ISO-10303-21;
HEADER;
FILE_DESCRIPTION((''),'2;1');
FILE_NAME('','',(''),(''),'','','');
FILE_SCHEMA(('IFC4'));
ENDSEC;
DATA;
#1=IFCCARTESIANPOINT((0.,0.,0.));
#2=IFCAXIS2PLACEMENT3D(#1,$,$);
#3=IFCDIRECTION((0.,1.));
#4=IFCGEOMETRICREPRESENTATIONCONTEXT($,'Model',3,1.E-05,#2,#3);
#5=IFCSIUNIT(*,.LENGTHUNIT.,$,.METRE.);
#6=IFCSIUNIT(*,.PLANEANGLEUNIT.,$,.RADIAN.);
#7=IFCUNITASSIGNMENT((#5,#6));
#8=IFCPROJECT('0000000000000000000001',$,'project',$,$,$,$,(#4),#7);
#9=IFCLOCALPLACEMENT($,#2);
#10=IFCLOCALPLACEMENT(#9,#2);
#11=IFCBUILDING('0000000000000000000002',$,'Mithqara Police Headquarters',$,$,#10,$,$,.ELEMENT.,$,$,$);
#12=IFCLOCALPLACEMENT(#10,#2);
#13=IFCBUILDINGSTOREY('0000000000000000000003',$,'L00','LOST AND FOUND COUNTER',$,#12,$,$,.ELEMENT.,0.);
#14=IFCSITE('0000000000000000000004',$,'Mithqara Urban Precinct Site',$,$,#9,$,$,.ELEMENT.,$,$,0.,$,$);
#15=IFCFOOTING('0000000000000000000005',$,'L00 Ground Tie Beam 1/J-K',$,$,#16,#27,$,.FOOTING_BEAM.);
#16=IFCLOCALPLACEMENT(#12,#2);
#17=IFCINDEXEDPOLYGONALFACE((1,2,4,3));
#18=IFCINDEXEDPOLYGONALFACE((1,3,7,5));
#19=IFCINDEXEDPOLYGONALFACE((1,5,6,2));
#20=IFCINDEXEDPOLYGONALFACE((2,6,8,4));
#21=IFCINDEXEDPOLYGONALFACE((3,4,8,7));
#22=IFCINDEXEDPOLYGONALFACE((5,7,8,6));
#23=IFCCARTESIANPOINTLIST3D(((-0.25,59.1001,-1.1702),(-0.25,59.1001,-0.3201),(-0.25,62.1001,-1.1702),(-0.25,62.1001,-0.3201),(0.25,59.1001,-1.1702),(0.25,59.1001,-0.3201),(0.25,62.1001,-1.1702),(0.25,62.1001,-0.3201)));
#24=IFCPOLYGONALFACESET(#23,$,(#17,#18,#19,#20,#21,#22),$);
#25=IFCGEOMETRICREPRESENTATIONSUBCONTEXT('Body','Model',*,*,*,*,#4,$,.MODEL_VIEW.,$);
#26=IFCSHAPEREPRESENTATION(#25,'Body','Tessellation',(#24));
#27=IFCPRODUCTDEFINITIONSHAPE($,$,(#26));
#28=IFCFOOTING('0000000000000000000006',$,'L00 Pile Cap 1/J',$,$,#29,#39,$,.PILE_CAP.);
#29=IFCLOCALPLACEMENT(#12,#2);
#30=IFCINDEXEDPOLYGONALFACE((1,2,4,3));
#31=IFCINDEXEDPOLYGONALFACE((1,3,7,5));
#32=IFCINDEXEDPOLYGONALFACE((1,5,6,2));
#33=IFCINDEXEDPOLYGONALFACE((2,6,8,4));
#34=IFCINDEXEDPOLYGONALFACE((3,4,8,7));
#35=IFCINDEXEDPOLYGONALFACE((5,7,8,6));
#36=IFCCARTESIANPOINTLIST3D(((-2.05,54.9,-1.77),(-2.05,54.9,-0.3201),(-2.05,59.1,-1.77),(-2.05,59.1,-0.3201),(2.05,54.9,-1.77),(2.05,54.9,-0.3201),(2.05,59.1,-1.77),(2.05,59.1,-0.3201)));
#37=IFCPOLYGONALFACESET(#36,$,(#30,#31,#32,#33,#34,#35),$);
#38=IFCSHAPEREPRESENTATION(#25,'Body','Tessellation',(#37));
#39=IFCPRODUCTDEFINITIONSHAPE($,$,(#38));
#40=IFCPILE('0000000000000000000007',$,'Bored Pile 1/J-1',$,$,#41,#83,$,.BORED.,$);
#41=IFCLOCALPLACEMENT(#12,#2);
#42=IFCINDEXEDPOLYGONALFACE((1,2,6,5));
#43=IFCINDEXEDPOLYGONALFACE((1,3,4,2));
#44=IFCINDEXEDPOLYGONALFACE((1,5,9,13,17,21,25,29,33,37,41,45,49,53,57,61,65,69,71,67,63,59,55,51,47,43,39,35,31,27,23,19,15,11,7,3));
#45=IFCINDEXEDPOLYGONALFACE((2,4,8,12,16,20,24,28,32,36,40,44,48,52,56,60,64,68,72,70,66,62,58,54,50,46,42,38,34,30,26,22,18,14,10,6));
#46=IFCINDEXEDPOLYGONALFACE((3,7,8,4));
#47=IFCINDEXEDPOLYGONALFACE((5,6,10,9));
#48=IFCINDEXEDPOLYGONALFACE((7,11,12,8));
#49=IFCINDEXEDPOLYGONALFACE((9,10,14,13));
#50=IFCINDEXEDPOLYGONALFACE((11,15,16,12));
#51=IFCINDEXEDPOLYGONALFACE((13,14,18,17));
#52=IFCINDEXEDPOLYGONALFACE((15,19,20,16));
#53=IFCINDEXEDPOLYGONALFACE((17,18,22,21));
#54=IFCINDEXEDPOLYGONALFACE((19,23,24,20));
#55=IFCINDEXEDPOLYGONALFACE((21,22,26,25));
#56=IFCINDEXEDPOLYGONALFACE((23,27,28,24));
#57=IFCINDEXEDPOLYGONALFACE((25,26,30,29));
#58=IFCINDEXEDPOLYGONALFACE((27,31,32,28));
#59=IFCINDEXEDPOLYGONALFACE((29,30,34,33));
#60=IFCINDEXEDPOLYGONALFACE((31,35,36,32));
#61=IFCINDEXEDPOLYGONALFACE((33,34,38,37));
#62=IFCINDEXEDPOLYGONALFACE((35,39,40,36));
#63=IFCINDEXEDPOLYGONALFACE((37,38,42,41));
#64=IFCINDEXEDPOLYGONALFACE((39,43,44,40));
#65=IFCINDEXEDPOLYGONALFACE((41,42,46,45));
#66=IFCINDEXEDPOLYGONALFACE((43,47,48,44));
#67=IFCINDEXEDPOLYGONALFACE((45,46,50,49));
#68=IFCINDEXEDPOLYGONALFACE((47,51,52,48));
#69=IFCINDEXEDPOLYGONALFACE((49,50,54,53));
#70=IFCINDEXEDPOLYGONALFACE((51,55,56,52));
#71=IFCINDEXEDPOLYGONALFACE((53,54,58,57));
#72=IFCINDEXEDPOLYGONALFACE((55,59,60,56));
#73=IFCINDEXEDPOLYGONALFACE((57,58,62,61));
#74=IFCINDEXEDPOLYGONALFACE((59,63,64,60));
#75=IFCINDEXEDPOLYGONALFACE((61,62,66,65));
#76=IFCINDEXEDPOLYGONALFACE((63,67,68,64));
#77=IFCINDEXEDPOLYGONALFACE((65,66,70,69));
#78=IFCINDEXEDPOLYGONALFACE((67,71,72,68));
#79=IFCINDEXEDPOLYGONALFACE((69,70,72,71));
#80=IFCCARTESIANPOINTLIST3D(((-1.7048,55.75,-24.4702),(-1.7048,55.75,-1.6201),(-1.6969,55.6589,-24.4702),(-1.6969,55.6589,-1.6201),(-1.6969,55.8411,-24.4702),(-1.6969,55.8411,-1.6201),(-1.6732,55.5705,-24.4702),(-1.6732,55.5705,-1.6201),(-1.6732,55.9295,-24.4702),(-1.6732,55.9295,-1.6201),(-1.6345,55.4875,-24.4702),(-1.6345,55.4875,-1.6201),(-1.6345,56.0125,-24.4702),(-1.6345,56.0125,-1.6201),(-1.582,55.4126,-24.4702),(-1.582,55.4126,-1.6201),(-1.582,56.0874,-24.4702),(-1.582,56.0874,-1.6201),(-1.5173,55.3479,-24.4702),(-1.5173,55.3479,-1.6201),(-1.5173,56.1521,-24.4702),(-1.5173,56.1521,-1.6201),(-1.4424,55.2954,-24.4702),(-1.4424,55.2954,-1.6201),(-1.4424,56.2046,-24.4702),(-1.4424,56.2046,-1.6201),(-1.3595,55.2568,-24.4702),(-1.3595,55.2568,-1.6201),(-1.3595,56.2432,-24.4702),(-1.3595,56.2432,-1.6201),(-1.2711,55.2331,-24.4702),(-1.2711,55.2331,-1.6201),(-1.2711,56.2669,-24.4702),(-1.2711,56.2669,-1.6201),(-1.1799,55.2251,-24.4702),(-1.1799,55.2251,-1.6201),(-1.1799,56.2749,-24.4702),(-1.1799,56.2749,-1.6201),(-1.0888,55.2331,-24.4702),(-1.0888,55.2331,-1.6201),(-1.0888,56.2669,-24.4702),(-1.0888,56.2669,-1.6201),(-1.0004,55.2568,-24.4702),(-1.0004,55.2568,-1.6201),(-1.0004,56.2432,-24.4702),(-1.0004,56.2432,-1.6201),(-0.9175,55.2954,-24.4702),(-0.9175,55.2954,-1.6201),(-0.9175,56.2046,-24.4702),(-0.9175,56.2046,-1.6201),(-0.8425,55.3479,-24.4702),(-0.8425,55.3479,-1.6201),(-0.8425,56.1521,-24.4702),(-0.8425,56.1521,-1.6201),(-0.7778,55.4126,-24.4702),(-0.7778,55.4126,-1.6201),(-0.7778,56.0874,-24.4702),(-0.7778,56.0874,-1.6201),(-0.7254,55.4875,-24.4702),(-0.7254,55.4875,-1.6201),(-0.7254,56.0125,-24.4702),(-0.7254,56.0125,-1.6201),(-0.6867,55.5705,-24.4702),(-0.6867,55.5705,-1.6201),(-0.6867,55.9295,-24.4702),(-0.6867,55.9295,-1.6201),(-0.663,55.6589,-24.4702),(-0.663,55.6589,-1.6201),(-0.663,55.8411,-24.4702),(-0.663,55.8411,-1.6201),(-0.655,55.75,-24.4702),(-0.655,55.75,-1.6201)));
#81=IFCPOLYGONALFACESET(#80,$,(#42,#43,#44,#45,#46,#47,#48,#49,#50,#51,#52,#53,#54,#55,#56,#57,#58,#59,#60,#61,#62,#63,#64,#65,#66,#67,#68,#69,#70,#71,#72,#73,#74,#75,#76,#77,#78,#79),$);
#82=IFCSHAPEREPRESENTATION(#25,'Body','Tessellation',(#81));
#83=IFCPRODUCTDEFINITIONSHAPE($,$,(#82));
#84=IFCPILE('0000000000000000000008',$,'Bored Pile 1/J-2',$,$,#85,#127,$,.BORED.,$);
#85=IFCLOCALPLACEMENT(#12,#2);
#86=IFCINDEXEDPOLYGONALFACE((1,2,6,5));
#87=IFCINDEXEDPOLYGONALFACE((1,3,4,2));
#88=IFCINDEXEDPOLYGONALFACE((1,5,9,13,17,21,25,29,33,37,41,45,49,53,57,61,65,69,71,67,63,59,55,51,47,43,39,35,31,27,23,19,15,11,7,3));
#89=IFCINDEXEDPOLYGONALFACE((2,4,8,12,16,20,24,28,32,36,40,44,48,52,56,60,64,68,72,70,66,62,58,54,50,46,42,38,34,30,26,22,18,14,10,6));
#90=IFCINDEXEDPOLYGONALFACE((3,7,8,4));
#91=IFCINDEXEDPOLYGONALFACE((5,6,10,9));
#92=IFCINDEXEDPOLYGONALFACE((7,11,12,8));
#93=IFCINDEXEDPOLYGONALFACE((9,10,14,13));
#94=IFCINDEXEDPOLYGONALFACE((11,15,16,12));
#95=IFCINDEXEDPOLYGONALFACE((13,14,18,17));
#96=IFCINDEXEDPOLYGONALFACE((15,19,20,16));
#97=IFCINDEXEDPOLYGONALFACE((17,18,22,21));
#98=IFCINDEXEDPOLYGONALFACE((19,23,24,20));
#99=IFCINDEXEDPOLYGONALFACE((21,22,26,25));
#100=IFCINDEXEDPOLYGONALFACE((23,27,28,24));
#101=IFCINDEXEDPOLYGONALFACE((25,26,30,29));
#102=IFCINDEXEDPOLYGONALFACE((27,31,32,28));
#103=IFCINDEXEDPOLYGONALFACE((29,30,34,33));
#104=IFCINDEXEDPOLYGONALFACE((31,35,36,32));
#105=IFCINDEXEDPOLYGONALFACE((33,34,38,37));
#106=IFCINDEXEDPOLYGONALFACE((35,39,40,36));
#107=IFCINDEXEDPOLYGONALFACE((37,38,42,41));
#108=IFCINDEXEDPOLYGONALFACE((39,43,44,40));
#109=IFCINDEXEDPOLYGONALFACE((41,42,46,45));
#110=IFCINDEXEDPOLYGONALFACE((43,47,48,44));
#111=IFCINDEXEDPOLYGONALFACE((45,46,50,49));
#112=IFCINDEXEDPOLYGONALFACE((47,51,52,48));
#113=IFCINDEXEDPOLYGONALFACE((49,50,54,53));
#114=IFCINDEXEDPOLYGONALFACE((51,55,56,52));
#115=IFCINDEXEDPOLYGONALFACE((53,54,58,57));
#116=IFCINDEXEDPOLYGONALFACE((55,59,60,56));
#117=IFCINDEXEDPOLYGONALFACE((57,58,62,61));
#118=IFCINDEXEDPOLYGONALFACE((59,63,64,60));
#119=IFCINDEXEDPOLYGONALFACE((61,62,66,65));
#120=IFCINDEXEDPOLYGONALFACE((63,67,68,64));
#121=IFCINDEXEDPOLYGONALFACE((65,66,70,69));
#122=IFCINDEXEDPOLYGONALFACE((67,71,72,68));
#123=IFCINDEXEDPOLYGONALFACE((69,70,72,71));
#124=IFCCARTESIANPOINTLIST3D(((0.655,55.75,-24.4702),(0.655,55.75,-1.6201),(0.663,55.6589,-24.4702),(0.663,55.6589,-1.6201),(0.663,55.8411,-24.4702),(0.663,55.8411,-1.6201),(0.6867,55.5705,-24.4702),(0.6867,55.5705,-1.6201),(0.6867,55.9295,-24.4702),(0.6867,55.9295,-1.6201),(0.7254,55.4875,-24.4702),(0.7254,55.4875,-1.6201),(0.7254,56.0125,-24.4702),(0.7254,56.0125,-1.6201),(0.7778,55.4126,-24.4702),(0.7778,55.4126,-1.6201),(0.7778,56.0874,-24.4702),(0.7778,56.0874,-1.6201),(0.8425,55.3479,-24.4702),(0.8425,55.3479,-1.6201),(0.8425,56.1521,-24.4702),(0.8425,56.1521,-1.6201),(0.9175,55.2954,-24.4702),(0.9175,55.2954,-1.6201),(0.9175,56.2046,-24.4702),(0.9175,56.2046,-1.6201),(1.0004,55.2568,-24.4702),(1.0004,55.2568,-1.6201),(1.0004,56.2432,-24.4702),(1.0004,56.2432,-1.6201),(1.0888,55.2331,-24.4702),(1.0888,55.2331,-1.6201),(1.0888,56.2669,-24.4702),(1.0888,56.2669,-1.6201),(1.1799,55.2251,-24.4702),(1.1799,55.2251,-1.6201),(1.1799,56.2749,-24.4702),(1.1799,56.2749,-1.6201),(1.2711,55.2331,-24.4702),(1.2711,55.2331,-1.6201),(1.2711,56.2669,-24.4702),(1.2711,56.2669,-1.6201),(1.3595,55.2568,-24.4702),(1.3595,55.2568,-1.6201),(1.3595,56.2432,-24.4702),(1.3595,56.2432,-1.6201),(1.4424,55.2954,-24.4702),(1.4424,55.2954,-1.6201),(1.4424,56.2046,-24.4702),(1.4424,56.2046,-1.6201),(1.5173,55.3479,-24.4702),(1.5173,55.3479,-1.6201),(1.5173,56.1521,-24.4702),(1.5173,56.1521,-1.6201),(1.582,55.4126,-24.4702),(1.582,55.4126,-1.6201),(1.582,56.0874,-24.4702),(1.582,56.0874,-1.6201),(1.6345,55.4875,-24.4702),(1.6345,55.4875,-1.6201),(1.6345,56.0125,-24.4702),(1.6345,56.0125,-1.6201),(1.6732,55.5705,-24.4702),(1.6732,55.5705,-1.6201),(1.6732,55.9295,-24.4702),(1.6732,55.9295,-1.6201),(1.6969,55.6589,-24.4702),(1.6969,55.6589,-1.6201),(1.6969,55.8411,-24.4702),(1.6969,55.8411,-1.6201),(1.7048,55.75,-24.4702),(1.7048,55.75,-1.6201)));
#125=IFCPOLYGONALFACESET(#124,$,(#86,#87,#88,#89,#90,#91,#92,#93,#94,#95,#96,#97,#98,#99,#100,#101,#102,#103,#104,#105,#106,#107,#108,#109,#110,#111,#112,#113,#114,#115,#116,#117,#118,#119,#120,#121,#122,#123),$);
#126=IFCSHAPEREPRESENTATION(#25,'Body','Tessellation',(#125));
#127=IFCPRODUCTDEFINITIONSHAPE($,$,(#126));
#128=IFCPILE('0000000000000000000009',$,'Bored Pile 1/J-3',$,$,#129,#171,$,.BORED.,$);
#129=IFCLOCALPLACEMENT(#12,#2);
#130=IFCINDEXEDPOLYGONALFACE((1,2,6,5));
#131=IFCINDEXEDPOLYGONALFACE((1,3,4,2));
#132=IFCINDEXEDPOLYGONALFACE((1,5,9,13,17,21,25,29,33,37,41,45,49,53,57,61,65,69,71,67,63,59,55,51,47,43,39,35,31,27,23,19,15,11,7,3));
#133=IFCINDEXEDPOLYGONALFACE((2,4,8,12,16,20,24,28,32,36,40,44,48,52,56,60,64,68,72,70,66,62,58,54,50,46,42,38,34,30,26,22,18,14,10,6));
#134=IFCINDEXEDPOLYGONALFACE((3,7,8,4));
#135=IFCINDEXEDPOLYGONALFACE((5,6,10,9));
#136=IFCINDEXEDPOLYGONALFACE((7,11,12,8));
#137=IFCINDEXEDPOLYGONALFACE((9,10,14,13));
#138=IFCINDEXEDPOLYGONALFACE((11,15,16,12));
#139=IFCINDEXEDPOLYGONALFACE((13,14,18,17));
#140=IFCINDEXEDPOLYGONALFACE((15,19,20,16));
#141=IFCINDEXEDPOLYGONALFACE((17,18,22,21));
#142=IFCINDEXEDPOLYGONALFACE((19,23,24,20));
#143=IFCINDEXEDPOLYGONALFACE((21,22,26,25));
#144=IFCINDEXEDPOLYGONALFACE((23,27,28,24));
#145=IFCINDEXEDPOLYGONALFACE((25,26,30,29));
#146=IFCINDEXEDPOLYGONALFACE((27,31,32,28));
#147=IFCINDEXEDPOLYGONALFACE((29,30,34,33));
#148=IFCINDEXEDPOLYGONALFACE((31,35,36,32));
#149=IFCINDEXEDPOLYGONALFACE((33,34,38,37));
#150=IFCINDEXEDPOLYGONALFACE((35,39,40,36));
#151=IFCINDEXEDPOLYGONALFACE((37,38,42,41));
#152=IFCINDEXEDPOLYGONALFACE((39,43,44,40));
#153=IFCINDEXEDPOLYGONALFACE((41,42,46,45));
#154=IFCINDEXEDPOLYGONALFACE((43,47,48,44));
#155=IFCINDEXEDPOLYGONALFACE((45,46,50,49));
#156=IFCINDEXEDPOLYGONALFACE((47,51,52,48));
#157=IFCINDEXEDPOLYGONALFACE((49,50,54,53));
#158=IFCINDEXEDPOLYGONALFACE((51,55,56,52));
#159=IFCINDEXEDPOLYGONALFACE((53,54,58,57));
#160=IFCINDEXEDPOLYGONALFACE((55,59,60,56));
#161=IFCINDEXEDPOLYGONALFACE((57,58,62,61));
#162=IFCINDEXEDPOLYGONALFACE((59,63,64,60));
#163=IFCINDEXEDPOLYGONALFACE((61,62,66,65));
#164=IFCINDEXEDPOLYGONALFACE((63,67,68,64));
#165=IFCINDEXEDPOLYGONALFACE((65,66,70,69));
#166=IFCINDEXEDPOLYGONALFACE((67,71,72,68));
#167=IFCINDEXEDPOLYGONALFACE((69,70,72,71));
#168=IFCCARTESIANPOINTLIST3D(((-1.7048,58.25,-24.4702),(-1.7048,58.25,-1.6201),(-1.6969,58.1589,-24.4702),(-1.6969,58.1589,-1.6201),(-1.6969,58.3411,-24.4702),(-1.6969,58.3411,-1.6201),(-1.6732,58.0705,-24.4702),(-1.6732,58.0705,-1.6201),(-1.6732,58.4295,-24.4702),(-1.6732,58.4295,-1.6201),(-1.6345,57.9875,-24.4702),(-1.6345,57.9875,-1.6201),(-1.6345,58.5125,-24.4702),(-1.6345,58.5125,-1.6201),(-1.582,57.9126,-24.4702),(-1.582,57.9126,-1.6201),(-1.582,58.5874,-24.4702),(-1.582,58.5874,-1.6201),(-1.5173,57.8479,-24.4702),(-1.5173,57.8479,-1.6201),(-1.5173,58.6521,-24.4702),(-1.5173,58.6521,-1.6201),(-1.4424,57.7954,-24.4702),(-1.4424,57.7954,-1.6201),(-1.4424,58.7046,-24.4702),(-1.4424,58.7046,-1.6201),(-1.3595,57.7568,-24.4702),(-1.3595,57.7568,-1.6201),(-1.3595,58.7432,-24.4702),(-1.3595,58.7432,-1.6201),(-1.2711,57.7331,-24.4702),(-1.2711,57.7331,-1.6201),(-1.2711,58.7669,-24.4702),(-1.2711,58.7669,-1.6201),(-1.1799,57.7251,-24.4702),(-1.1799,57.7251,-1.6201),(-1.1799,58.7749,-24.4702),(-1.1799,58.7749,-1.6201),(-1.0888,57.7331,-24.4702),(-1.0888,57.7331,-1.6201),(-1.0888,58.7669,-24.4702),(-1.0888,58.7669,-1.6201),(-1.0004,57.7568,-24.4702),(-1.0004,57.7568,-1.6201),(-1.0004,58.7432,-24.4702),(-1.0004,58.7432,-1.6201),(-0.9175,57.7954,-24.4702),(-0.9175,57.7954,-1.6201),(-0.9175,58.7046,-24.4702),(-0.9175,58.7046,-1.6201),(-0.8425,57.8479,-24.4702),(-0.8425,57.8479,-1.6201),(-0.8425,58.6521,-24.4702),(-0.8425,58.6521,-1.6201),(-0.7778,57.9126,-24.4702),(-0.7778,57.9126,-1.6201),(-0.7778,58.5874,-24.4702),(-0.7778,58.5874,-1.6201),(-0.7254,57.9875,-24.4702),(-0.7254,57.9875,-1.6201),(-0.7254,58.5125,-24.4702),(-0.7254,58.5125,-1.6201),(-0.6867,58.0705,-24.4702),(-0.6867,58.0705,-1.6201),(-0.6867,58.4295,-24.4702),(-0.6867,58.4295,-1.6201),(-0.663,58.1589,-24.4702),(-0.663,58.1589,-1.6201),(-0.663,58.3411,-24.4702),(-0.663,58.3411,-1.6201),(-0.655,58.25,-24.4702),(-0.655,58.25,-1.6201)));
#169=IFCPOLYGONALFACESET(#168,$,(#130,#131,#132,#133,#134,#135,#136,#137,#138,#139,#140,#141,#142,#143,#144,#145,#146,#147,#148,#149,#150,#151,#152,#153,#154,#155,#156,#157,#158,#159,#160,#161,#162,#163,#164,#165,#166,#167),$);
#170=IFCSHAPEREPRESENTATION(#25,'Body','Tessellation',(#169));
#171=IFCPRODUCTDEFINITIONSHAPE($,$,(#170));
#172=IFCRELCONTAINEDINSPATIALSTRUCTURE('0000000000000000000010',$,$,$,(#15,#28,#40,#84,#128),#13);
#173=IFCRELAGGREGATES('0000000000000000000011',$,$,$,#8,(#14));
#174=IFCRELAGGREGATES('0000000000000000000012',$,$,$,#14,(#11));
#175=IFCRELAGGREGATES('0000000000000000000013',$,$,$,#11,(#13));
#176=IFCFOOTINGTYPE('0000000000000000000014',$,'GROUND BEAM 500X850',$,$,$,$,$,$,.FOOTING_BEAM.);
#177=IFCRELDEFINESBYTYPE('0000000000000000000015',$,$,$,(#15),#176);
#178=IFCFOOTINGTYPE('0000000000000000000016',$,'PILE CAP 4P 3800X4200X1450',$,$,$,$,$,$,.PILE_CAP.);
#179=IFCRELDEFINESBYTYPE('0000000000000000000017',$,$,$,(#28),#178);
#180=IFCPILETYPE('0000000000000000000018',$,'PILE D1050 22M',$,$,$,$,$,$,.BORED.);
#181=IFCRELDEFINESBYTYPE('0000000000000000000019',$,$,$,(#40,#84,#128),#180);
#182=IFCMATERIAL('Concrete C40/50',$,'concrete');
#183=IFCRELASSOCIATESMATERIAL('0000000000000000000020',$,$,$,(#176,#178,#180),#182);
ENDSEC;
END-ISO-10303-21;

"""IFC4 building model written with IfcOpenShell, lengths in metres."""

from ifc_helpers import new_model, si_unit, direction, frame, origin, origin_2d, place, context, subcontext, project, spatial, rectangle, circle, extrude, material, material_profile, profile_set, type_object, element, save


model = new_model("IFC4")

# Units and contexts
model_context = context("Model", 3, precision=1e-05, world=origin(), true_north=direction((0.0, 1.0)))
body_context = subcontext(model_context, "Body", "Model", "MODEL_VIEW")
ifc_project = project(units=[si_unit("LENGTHUNIT", "METRE"), si_unit("PLANEANGLEUNIT", "RADIAN")], contexts=[model_context])

# Site, building, storey
site_placement = place(None, origin())
site = spatial("IfcSite", under=ifc_project, at=site_placement, Name="Mithqara Urban Precinct Site", CompositionType="ELEMENT", RefElevation=0.0)
building_placement = place(site_placement, origin())
building = spatial("IfcBuilding", under=site, at=building_placement, Name="Mithqara Police Headquarters", CompositionType="ELEMENT")
storey_placement = place(building_placement, origin())
storey = spatial("IfcBuildingStorey", under=building, at=storey_placement, Name="L00", Description="LOST AND FOUND COUNTER", CompositionType="ELEMENT", Elevation=0.0)

# Footings
ifc_material_1 = material(Name="Concrete C40/50", Category="concrete")
footing_type_1 = type_object("IfcFootingType", Name="GROUND BEAM 500X850", PredefinedType="FOOTING_BEAM", material=ifc_material_1)
footing_1_placement = place(storey_placement, frame((0.0, 60.6001, -1.1702), z_axis=(0.0, 0.0, 1.0), x_axis=(1.0, 0.0, 0.0)))
element("IfcFooting", 1, at=footing_1_placement, inside=storey, type_object=footing_type_1, Name="L00 Ground Tie Beam 1/J-K", PredefinedType="FOOTING_BEAM", context=body_context, shape_type="SweptSolid", body=[
    extrude(rectangle(XDim=0.5, YDim=3.0, at=origin_2d()), origin(), (0.0, 0.0, 1.0), 0.8501),
])
footing_type_2 = type_object("IfcFootingType", Name="PILE CAP 4P 3800X4200X1450", PredefinedType="PILE_CAP", material=ifc_material_1)
footing_2_placement = place(storey_placement, frame((0.0, 57.0, -1.77), z_axis=(0.0, 0.0, 1.0), x_axis=(1.0, 0.0, 0.0)))
element("IfcFooting", 2, at=footing_2_placement, inside=storey, type_object=footing_type_2, Name="L00 Pile Cap 1/J", PredefinedType="PILE_CAP", context=body_context, shape_type="SweptSolid", body=[
    extrude(rectangle(XDim=4.1001, YDim=4.2, at=origin_2d()), origin(), (0.0, 0.0, 1.0), 1.45),
])

# Piles
ifc_material_profile_1 = material_profile(ifc_material_1, circle(Radius=0.5249, at=origin_2d()), Name="PILE D1050")
ifc_profile_set_1 = profile_set([ifc_material_profile_1], Name="Concrete C40/50")
pile_type = type_object("IfcPileType", Name="PILE D1050 22M", PredefinedType="BORED", material=ifc_profile_set_1)
for number, where, z_axis, x_axis, name in (
    (3, (-1.1799, 55.75, -1.6201), (0.0, 0.0, -1.0), (1.0, 0.0, 0.0), "Bored Pile 1/J-1"),
    (4, (1.1799, 55.75, -1.6201), (0.0, 0.0, -1.0), (1.0, 0.0, 0.0), "Bored Pile 1/J-2"),
    (5, (-1.1799, 58.25, -1.6201), (0.0, 0.0, -1.0), (1.0, 0.0, 0.0), "Bored Pile 1/J-3"),
):
    element("IfcPile", number, at=place(storey_placement, frame(where, z_axis=z_axis, x_axis=x_axis)), inside=storey, type_object=pile_type, Name=name, PredefinedType="BORED", context=body_context, shape_type="SweptSolid", body=[
        extrude(circle(Radius=0.5249, at=origin_2d()), origin(), (0.0, 0.0, 1.0), 22.8501),
    ])

save(model, "model.ifc")
